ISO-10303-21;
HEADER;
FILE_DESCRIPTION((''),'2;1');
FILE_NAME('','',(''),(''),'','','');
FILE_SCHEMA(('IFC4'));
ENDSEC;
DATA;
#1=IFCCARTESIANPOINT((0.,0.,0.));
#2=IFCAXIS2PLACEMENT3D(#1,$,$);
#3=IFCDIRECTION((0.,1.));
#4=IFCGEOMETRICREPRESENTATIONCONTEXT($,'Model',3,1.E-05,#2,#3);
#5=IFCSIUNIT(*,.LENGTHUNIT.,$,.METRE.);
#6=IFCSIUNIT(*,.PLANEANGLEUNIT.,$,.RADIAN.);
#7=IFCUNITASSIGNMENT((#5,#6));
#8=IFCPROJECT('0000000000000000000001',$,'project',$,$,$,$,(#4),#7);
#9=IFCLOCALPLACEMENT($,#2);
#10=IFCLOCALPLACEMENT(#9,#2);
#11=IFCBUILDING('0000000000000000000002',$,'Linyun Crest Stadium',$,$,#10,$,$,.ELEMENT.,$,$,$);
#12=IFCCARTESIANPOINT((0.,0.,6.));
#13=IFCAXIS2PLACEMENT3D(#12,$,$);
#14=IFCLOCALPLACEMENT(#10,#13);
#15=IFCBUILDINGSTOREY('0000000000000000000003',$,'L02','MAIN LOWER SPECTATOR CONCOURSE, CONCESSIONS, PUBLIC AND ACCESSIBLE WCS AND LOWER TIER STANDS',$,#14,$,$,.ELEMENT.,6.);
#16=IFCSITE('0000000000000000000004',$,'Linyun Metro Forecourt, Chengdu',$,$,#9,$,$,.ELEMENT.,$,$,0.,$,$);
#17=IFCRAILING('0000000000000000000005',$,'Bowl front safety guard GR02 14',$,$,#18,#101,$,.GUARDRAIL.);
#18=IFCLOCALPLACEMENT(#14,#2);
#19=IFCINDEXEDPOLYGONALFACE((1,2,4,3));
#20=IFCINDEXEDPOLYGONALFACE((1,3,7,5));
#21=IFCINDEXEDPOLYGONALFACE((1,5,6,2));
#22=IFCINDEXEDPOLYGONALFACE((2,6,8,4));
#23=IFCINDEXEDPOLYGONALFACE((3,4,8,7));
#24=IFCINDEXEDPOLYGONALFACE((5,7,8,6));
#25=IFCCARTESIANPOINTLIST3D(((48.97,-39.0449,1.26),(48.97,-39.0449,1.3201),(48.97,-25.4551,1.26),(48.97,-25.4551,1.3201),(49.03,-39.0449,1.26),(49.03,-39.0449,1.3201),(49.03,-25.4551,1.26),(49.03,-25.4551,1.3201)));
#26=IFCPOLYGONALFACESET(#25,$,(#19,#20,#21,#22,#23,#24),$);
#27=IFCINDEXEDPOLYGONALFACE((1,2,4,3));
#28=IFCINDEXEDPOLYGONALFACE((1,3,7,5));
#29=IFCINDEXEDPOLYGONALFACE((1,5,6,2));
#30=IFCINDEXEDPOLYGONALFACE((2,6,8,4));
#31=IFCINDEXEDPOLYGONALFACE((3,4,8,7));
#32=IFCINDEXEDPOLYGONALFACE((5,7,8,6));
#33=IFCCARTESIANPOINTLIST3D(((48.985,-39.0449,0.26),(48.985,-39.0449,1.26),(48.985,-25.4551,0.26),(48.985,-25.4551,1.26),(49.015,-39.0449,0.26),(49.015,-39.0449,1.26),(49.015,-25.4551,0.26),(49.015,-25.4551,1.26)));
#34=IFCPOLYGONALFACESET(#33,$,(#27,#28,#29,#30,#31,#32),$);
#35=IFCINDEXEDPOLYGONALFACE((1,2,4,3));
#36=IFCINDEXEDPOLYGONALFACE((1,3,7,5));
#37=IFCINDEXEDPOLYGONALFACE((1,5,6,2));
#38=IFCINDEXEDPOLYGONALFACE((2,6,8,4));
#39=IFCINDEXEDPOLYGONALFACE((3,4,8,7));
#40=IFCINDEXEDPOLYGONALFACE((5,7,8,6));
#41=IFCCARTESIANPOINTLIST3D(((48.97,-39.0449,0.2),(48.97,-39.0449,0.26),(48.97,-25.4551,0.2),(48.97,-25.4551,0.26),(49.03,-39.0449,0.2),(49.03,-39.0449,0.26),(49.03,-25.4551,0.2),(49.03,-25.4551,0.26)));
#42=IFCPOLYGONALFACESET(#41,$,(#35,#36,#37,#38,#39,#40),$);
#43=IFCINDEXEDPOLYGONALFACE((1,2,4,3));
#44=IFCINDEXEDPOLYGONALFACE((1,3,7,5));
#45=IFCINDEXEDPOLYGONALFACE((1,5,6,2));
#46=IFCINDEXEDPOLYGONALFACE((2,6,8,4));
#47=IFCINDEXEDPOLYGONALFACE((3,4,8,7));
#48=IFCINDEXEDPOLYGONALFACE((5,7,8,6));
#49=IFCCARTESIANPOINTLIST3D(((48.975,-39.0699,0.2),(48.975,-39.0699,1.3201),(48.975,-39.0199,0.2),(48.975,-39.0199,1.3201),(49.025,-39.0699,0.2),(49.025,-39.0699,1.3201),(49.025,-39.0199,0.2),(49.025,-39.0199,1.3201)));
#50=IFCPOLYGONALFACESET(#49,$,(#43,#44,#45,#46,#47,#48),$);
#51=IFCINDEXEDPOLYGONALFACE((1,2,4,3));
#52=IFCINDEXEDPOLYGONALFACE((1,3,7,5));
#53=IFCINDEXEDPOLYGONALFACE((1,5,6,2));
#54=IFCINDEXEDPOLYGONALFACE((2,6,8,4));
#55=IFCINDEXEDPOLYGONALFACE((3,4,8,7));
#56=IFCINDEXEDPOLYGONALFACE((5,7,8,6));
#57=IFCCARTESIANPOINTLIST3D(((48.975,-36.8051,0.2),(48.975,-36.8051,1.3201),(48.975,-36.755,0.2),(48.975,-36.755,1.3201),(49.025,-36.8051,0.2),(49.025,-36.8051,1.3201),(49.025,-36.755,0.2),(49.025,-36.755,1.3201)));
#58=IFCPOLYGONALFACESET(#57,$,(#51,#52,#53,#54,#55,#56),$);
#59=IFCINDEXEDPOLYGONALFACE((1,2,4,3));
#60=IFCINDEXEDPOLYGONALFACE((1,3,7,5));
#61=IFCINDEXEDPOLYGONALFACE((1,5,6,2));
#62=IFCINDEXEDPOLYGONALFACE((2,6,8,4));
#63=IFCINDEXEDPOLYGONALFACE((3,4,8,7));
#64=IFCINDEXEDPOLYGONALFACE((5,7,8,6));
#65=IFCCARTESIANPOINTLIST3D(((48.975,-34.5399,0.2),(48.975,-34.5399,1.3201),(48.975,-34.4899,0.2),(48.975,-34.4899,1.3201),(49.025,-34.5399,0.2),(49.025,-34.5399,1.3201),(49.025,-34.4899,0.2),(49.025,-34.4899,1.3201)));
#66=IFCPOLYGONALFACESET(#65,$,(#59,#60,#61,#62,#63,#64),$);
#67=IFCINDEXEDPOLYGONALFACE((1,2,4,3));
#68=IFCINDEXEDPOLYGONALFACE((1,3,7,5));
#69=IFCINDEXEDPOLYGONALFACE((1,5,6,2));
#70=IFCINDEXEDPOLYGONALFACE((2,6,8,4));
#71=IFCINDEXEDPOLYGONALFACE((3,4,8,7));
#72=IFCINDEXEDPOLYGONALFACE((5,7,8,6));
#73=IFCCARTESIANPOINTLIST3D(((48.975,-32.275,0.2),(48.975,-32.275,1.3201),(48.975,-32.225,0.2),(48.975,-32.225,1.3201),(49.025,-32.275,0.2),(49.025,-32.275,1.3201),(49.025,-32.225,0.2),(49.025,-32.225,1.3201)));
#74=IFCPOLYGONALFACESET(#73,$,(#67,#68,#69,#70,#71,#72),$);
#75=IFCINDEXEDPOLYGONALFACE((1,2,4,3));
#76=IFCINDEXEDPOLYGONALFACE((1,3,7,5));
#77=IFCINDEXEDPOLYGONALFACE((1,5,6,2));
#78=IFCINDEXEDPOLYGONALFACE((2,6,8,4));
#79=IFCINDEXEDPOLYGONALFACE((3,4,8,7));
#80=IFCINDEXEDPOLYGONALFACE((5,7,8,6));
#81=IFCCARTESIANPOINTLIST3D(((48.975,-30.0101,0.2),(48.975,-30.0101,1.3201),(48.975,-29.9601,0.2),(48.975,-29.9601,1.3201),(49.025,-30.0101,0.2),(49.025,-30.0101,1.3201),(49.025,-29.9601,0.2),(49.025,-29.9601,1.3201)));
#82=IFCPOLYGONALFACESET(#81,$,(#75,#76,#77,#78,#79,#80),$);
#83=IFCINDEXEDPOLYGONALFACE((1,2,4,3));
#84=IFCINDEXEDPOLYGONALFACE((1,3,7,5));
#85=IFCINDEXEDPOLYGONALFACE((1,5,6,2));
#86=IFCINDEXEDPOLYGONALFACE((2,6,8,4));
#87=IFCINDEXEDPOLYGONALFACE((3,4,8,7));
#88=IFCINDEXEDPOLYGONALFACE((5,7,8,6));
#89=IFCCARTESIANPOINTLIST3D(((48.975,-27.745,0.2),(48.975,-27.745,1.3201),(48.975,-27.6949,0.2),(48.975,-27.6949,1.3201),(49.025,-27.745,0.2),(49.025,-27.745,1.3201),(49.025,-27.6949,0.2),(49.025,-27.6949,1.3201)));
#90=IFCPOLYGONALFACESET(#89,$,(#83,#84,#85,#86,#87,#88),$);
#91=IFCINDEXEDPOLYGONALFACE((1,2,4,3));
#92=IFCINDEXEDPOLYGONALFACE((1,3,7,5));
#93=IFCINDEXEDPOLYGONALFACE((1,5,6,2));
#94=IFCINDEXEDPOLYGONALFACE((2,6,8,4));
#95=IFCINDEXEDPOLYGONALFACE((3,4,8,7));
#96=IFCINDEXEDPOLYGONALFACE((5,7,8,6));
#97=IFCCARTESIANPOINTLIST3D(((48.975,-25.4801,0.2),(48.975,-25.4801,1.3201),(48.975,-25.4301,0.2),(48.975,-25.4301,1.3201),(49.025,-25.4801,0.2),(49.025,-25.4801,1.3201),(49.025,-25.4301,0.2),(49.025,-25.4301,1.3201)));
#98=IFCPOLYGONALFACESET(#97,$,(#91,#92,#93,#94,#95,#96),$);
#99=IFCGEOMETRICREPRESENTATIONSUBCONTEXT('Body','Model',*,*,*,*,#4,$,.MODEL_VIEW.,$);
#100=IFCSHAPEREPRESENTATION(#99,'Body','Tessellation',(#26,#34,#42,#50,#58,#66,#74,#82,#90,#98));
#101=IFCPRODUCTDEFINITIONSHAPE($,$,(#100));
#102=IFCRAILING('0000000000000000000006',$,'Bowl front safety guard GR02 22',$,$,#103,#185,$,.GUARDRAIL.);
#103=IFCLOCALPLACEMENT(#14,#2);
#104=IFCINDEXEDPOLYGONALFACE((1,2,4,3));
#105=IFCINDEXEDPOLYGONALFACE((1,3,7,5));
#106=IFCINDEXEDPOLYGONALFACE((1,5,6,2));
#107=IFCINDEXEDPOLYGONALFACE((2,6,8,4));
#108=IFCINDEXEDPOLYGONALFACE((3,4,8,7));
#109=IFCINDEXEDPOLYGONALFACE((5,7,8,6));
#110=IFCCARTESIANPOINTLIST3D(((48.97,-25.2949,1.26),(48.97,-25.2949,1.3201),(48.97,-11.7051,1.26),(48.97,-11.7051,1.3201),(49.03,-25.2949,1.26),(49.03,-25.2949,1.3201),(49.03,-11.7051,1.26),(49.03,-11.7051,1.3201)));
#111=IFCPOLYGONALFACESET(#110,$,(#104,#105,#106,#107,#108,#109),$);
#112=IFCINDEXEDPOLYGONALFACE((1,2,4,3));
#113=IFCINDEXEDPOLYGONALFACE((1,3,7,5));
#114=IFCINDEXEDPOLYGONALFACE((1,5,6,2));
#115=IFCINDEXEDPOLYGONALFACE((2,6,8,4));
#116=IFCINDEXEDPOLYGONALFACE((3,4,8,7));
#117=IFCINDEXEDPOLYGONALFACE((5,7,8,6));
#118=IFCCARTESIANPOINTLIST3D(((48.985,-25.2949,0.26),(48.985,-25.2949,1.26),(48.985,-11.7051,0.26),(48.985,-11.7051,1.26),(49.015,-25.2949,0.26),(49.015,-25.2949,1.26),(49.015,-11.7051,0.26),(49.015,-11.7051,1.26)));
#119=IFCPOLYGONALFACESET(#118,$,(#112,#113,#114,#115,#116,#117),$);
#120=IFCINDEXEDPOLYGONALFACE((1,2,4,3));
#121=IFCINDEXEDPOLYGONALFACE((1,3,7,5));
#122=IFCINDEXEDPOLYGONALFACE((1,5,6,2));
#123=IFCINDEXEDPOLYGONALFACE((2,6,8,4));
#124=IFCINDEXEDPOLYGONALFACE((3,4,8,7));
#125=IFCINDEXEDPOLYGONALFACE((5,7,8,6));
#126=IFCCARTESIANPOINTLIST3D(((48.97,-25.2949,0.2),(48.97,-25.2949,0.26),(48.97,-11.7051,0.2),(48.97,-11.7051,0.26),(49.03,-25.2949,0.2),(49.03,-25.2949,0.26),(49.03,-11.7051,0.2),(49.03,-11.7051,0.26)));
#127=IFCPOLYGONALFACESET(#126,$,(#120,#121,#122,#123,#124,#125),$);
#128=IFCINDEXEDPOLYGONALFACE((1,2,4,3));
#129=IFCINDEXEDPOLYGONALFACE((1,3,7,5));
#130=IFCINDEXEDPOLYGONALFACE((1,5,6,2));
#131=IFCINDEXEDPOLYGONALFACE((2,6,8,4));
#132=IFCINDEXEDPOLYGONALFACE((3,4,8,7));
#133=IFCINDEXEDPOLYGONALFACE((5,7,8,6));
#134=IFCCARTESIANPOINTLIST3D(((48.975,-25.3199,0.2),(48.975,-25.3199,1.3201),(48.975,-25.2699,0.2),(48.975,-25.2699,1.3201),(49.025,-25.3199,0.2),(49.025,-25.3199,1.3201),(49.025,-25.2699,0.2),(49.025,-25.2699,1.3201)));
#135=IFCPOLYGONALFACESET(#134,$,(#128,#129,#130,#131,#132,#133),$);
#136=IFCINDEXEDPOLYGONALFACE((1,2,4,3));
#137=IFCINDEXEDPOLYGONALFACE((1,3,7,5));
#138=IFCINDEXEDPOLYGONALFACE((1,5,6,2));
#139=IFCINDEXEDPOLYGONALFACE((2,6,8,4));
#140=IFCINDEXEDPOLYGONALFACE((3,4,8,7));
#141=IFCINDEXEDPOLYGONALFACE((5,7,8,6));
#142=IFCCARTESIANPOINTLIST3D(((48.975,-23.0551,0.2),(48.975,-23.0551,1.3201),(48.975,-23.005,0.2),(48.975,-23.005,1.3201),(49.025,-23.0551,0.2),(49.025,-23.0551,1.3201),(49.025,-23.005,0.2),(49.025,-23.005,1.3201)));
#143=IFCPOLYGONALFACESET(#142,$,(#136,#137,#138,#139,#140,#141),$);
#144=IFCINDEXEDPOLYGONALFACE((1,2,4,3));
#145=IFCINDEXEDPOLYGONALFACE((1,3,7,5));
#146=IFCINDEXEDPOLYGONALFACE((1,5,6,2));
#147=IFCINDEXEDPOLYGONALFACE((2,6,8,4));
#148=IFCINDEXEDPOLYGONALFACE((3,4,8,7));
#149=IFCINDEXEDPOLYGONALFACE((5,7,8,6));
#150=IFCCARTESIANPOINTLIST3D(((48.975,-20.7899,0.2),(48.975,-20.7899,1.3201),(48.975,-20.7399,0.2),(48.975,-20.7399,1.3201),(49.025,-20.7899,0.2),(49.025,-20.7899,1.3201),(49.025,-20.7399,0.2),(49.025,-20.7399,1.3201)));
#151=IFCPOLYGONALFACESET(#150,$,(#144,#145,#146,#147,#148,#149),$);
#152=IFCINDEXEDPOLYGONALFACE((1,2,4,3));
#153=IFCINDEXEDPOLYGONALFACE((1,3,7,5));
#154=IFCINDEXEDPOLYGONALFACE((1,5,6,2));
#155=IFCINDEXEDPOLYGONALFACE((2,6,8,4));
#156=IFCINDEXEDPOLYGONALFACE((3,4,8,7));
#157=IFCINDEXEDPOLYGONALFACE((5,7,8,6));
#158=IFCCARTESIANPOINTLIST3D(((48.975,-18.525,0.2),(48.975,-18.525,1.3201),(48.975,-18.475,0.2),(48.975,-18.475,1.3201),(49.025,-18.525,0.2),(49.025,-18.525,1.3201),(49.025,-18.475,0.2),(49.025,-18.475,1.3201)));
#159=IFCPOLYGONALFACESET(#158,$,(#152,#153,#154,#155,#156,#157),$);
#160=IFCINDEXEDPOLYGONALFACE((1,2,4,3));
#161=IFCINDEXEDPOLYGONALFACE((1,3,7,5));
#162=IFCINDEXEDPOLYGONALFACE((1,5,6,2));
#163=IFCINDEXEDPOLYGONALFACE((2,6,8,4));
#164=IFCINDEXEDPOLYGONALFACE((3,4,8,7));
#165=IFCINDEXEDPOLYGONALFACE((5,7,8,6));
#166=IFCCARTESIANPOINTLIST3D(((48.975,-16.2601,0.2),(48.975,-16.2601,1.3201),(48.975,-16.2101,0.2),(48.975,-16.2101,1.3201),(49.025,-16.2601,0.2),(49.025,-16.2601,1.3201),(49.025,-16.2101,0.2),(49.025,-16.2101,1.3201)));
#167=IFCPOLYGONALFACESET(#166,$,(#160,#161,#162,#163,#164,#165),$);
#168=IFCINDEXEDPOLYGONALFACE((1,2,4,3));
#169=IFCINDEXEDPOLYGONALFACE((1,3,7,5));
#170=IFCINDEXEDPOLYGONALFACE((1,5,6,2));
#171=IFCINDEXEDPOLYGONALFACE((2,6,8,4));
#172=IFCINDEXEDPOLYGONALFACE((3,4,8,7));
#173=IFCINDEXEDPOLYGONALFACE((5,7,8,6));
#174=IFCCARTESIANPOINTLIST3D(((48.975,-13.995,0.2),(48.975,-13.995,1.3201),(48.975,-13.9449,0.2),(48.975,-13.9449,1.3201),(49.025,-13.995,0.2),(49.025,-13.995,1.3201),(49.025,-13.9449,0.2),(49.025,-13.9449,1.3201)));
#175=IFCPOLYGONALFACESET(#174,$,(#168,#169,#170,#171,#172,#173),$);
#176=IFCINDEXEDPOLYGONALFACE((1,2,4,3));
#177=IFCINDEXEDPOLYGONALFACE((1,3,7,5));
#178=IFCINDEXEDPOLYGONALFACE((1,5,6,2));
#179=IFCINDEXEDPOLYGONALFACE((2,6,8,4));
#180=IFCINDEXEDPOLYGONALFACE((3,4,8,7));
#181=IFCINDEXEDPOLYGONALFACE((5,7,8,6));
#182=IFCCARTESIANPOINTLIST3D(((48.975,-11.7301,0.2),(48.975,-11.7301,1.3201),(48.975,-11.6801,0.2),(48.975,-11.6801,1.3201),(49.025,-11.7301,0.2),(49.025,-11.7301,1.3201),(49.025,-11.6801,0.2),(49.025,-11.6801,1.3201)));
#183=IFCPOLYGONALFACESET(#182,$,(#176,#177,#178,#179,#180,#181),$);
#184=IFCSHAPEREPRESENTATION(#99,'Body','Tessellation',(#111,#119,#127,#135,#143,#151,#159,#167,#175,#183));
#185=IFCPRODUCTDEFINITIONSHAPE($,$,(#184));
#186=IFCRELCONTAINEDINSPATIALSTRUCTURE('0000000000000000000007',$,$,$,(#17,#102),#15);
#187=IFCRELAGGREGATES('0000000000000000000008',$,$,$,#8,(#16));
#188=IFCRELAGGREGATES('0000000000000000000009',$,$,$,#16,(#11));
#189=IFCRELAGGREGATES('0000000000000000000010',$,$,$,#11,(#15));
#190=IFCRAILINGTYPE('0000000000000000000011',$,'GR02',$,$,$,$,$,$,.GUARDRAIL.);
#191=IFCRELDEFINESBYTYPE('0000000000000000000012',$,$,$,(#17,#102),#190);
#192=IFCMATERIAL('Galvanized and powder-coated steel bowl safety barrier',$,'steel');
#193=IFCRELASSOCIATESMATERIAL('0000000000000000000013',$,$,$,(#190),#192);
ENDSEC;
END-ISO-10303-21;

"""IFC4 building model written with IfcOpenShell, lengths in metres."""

from ifc_helpers import new_model, si_unit, direction, frame, origin, origin_2d, place, context, subcontext, project, spatial, rectangle, extrude, material, type_object, element, save


model = new_model("IFC4")

# Units and contexts
model_context = context("Model", 3, precision=1e-05, world=origin(), true_north=direction((0.0, 1.0)))
body_context = subcontext(model_context, "Body", "Model", "MODEL_VIEW")
ifc_project = project(units=[si_unit("LENGTHUNIT", "METRE"), si_unit("PLANEANGLEUNIT", "RADIAN")], contexts=[model_context])

# Site, building, storey
site_placement = place(None, origin())
site = spatial("IfcSite", under=ifc_project, at=site_placement, Name="Linyun Metro Forecourt, Chengdu", CompositionType="ELEMENT", RefElevation=0.0)
building_placement = place(site_placement, origin())
building = spatial("IfcBuilding", under=site, at=building_placement, Name="Linyun Crest Stadium", CompositionType="ELEMENT")
storey_placement = place(building_placement, frame((0.0, 0.0, 6.0)))
storey = spatial("IfcBuildingStorey", under=building, at=storey_placement, Name="L02", Description="MAIN LOWER SPECTATOR CONCOURSE, CONCESSIONS, PUBLIC AND ACCESSIBLE WCS AND LOWER TIER STANDS", CompositionType="ELEMENT", Elevation=6.0)

# Railings
ifc_material_1 = material(Name="Galvanized and powder-coated steel bowl safety barrier", Category="steel")
railing_type = type_object("IfcRailingType", Name="GR02", PredefinedType="GUARDRAIL", material=ifc_material_1)
for number, where, name in (
    (1, (49.0, -39.0449, 0.2), "Bowl front safety guard GR02 14"),
    (2, (49.0, -25.2949, 0.2), "Bowl front safety guard GR02 22"),
):
    element("IfcRailing", number, at=place(storey_placement, frame(where)), inside=storey, type_object=railing_type, Name=name, PredefinedType="GUARDRAIL", context=body_context, shape_type="SweptSolid", body=[
        extrude(rectangle(XDim=0.0601, YDim=0.0601, at=origin_2d()), frame((0.0, 0.0, 1.0901), z_axis=(0.0, 1.0, 0.0), x_axis=(-1.0, 0.0, 0.0)), (0.0, 0.0, 1.0), 13.5898),
        extrude(rectangle(XDim=0.03, YDim=1.0, at=origin_2d()), frame((0.0, 0.0, 0.5601), z_axis=(0.0, 1.0, 0.0), x_axis=(-1.0, 0.0, 0.0)), (0.0, 0.0, 1.0), 13.5898),
        extrude(rectangle(XDim=0.0601, YDim=0.0601, at=origin_2d()), frame((0.0, 0.0, 0.03), z_axis=(0.0, 1.0, 0.0), x_axis=(-1.0, 0.0, 0.0)), (0.0, 0.0, 1.0), 13.5898),
        extrude(rectangle(XDim=0.05, YDim=0.05, at=origin_2d()), origin(), (0.0, 0.0, 1.0), 1.1201),
        extrude(rectangle(XDim=0.05, YDim=0.05, at=origin_2d()), frame((0.0, 2.2649, 0.0)), (0.0, 0.0, 1.0), 1.1201),
        extrude(rectangle(XDim=0.05, YDim=0.05, at=origin_2d()), frame((0.0, 4.53, 0.0)), (0.0, 0.0, 1.0), 1.1201),
        extrude(rectangle(XDim=0.05, YDim=0.05, at=origin_2d()), frame((0.0, 6.7949, 0.0)), (0.0, 0.0, 1.0), 1.1201),
        extrude(rectangle(XDim=0.05, YDim=0.05, at=origin_2d()), frame((0.0, 9.0598, 0.0)), (0.0, 0.0, 1.0), 1.1201),
        extrude(rectangle(XDim=0.05, YDim=0.05, at=origin_2d()), frame((0.0, 11.325, 0.0)), (0.0, 0.0, 1.0), 1.1201),
        extrude(rectangle(XDim=0.05, YDim=0.05, at=origin_2d()), frame((0.0, 13.5898, 0.0)), (0.0, 0.0, 1.0), 1.1201),
    ])

save(model, "model.ifc")
